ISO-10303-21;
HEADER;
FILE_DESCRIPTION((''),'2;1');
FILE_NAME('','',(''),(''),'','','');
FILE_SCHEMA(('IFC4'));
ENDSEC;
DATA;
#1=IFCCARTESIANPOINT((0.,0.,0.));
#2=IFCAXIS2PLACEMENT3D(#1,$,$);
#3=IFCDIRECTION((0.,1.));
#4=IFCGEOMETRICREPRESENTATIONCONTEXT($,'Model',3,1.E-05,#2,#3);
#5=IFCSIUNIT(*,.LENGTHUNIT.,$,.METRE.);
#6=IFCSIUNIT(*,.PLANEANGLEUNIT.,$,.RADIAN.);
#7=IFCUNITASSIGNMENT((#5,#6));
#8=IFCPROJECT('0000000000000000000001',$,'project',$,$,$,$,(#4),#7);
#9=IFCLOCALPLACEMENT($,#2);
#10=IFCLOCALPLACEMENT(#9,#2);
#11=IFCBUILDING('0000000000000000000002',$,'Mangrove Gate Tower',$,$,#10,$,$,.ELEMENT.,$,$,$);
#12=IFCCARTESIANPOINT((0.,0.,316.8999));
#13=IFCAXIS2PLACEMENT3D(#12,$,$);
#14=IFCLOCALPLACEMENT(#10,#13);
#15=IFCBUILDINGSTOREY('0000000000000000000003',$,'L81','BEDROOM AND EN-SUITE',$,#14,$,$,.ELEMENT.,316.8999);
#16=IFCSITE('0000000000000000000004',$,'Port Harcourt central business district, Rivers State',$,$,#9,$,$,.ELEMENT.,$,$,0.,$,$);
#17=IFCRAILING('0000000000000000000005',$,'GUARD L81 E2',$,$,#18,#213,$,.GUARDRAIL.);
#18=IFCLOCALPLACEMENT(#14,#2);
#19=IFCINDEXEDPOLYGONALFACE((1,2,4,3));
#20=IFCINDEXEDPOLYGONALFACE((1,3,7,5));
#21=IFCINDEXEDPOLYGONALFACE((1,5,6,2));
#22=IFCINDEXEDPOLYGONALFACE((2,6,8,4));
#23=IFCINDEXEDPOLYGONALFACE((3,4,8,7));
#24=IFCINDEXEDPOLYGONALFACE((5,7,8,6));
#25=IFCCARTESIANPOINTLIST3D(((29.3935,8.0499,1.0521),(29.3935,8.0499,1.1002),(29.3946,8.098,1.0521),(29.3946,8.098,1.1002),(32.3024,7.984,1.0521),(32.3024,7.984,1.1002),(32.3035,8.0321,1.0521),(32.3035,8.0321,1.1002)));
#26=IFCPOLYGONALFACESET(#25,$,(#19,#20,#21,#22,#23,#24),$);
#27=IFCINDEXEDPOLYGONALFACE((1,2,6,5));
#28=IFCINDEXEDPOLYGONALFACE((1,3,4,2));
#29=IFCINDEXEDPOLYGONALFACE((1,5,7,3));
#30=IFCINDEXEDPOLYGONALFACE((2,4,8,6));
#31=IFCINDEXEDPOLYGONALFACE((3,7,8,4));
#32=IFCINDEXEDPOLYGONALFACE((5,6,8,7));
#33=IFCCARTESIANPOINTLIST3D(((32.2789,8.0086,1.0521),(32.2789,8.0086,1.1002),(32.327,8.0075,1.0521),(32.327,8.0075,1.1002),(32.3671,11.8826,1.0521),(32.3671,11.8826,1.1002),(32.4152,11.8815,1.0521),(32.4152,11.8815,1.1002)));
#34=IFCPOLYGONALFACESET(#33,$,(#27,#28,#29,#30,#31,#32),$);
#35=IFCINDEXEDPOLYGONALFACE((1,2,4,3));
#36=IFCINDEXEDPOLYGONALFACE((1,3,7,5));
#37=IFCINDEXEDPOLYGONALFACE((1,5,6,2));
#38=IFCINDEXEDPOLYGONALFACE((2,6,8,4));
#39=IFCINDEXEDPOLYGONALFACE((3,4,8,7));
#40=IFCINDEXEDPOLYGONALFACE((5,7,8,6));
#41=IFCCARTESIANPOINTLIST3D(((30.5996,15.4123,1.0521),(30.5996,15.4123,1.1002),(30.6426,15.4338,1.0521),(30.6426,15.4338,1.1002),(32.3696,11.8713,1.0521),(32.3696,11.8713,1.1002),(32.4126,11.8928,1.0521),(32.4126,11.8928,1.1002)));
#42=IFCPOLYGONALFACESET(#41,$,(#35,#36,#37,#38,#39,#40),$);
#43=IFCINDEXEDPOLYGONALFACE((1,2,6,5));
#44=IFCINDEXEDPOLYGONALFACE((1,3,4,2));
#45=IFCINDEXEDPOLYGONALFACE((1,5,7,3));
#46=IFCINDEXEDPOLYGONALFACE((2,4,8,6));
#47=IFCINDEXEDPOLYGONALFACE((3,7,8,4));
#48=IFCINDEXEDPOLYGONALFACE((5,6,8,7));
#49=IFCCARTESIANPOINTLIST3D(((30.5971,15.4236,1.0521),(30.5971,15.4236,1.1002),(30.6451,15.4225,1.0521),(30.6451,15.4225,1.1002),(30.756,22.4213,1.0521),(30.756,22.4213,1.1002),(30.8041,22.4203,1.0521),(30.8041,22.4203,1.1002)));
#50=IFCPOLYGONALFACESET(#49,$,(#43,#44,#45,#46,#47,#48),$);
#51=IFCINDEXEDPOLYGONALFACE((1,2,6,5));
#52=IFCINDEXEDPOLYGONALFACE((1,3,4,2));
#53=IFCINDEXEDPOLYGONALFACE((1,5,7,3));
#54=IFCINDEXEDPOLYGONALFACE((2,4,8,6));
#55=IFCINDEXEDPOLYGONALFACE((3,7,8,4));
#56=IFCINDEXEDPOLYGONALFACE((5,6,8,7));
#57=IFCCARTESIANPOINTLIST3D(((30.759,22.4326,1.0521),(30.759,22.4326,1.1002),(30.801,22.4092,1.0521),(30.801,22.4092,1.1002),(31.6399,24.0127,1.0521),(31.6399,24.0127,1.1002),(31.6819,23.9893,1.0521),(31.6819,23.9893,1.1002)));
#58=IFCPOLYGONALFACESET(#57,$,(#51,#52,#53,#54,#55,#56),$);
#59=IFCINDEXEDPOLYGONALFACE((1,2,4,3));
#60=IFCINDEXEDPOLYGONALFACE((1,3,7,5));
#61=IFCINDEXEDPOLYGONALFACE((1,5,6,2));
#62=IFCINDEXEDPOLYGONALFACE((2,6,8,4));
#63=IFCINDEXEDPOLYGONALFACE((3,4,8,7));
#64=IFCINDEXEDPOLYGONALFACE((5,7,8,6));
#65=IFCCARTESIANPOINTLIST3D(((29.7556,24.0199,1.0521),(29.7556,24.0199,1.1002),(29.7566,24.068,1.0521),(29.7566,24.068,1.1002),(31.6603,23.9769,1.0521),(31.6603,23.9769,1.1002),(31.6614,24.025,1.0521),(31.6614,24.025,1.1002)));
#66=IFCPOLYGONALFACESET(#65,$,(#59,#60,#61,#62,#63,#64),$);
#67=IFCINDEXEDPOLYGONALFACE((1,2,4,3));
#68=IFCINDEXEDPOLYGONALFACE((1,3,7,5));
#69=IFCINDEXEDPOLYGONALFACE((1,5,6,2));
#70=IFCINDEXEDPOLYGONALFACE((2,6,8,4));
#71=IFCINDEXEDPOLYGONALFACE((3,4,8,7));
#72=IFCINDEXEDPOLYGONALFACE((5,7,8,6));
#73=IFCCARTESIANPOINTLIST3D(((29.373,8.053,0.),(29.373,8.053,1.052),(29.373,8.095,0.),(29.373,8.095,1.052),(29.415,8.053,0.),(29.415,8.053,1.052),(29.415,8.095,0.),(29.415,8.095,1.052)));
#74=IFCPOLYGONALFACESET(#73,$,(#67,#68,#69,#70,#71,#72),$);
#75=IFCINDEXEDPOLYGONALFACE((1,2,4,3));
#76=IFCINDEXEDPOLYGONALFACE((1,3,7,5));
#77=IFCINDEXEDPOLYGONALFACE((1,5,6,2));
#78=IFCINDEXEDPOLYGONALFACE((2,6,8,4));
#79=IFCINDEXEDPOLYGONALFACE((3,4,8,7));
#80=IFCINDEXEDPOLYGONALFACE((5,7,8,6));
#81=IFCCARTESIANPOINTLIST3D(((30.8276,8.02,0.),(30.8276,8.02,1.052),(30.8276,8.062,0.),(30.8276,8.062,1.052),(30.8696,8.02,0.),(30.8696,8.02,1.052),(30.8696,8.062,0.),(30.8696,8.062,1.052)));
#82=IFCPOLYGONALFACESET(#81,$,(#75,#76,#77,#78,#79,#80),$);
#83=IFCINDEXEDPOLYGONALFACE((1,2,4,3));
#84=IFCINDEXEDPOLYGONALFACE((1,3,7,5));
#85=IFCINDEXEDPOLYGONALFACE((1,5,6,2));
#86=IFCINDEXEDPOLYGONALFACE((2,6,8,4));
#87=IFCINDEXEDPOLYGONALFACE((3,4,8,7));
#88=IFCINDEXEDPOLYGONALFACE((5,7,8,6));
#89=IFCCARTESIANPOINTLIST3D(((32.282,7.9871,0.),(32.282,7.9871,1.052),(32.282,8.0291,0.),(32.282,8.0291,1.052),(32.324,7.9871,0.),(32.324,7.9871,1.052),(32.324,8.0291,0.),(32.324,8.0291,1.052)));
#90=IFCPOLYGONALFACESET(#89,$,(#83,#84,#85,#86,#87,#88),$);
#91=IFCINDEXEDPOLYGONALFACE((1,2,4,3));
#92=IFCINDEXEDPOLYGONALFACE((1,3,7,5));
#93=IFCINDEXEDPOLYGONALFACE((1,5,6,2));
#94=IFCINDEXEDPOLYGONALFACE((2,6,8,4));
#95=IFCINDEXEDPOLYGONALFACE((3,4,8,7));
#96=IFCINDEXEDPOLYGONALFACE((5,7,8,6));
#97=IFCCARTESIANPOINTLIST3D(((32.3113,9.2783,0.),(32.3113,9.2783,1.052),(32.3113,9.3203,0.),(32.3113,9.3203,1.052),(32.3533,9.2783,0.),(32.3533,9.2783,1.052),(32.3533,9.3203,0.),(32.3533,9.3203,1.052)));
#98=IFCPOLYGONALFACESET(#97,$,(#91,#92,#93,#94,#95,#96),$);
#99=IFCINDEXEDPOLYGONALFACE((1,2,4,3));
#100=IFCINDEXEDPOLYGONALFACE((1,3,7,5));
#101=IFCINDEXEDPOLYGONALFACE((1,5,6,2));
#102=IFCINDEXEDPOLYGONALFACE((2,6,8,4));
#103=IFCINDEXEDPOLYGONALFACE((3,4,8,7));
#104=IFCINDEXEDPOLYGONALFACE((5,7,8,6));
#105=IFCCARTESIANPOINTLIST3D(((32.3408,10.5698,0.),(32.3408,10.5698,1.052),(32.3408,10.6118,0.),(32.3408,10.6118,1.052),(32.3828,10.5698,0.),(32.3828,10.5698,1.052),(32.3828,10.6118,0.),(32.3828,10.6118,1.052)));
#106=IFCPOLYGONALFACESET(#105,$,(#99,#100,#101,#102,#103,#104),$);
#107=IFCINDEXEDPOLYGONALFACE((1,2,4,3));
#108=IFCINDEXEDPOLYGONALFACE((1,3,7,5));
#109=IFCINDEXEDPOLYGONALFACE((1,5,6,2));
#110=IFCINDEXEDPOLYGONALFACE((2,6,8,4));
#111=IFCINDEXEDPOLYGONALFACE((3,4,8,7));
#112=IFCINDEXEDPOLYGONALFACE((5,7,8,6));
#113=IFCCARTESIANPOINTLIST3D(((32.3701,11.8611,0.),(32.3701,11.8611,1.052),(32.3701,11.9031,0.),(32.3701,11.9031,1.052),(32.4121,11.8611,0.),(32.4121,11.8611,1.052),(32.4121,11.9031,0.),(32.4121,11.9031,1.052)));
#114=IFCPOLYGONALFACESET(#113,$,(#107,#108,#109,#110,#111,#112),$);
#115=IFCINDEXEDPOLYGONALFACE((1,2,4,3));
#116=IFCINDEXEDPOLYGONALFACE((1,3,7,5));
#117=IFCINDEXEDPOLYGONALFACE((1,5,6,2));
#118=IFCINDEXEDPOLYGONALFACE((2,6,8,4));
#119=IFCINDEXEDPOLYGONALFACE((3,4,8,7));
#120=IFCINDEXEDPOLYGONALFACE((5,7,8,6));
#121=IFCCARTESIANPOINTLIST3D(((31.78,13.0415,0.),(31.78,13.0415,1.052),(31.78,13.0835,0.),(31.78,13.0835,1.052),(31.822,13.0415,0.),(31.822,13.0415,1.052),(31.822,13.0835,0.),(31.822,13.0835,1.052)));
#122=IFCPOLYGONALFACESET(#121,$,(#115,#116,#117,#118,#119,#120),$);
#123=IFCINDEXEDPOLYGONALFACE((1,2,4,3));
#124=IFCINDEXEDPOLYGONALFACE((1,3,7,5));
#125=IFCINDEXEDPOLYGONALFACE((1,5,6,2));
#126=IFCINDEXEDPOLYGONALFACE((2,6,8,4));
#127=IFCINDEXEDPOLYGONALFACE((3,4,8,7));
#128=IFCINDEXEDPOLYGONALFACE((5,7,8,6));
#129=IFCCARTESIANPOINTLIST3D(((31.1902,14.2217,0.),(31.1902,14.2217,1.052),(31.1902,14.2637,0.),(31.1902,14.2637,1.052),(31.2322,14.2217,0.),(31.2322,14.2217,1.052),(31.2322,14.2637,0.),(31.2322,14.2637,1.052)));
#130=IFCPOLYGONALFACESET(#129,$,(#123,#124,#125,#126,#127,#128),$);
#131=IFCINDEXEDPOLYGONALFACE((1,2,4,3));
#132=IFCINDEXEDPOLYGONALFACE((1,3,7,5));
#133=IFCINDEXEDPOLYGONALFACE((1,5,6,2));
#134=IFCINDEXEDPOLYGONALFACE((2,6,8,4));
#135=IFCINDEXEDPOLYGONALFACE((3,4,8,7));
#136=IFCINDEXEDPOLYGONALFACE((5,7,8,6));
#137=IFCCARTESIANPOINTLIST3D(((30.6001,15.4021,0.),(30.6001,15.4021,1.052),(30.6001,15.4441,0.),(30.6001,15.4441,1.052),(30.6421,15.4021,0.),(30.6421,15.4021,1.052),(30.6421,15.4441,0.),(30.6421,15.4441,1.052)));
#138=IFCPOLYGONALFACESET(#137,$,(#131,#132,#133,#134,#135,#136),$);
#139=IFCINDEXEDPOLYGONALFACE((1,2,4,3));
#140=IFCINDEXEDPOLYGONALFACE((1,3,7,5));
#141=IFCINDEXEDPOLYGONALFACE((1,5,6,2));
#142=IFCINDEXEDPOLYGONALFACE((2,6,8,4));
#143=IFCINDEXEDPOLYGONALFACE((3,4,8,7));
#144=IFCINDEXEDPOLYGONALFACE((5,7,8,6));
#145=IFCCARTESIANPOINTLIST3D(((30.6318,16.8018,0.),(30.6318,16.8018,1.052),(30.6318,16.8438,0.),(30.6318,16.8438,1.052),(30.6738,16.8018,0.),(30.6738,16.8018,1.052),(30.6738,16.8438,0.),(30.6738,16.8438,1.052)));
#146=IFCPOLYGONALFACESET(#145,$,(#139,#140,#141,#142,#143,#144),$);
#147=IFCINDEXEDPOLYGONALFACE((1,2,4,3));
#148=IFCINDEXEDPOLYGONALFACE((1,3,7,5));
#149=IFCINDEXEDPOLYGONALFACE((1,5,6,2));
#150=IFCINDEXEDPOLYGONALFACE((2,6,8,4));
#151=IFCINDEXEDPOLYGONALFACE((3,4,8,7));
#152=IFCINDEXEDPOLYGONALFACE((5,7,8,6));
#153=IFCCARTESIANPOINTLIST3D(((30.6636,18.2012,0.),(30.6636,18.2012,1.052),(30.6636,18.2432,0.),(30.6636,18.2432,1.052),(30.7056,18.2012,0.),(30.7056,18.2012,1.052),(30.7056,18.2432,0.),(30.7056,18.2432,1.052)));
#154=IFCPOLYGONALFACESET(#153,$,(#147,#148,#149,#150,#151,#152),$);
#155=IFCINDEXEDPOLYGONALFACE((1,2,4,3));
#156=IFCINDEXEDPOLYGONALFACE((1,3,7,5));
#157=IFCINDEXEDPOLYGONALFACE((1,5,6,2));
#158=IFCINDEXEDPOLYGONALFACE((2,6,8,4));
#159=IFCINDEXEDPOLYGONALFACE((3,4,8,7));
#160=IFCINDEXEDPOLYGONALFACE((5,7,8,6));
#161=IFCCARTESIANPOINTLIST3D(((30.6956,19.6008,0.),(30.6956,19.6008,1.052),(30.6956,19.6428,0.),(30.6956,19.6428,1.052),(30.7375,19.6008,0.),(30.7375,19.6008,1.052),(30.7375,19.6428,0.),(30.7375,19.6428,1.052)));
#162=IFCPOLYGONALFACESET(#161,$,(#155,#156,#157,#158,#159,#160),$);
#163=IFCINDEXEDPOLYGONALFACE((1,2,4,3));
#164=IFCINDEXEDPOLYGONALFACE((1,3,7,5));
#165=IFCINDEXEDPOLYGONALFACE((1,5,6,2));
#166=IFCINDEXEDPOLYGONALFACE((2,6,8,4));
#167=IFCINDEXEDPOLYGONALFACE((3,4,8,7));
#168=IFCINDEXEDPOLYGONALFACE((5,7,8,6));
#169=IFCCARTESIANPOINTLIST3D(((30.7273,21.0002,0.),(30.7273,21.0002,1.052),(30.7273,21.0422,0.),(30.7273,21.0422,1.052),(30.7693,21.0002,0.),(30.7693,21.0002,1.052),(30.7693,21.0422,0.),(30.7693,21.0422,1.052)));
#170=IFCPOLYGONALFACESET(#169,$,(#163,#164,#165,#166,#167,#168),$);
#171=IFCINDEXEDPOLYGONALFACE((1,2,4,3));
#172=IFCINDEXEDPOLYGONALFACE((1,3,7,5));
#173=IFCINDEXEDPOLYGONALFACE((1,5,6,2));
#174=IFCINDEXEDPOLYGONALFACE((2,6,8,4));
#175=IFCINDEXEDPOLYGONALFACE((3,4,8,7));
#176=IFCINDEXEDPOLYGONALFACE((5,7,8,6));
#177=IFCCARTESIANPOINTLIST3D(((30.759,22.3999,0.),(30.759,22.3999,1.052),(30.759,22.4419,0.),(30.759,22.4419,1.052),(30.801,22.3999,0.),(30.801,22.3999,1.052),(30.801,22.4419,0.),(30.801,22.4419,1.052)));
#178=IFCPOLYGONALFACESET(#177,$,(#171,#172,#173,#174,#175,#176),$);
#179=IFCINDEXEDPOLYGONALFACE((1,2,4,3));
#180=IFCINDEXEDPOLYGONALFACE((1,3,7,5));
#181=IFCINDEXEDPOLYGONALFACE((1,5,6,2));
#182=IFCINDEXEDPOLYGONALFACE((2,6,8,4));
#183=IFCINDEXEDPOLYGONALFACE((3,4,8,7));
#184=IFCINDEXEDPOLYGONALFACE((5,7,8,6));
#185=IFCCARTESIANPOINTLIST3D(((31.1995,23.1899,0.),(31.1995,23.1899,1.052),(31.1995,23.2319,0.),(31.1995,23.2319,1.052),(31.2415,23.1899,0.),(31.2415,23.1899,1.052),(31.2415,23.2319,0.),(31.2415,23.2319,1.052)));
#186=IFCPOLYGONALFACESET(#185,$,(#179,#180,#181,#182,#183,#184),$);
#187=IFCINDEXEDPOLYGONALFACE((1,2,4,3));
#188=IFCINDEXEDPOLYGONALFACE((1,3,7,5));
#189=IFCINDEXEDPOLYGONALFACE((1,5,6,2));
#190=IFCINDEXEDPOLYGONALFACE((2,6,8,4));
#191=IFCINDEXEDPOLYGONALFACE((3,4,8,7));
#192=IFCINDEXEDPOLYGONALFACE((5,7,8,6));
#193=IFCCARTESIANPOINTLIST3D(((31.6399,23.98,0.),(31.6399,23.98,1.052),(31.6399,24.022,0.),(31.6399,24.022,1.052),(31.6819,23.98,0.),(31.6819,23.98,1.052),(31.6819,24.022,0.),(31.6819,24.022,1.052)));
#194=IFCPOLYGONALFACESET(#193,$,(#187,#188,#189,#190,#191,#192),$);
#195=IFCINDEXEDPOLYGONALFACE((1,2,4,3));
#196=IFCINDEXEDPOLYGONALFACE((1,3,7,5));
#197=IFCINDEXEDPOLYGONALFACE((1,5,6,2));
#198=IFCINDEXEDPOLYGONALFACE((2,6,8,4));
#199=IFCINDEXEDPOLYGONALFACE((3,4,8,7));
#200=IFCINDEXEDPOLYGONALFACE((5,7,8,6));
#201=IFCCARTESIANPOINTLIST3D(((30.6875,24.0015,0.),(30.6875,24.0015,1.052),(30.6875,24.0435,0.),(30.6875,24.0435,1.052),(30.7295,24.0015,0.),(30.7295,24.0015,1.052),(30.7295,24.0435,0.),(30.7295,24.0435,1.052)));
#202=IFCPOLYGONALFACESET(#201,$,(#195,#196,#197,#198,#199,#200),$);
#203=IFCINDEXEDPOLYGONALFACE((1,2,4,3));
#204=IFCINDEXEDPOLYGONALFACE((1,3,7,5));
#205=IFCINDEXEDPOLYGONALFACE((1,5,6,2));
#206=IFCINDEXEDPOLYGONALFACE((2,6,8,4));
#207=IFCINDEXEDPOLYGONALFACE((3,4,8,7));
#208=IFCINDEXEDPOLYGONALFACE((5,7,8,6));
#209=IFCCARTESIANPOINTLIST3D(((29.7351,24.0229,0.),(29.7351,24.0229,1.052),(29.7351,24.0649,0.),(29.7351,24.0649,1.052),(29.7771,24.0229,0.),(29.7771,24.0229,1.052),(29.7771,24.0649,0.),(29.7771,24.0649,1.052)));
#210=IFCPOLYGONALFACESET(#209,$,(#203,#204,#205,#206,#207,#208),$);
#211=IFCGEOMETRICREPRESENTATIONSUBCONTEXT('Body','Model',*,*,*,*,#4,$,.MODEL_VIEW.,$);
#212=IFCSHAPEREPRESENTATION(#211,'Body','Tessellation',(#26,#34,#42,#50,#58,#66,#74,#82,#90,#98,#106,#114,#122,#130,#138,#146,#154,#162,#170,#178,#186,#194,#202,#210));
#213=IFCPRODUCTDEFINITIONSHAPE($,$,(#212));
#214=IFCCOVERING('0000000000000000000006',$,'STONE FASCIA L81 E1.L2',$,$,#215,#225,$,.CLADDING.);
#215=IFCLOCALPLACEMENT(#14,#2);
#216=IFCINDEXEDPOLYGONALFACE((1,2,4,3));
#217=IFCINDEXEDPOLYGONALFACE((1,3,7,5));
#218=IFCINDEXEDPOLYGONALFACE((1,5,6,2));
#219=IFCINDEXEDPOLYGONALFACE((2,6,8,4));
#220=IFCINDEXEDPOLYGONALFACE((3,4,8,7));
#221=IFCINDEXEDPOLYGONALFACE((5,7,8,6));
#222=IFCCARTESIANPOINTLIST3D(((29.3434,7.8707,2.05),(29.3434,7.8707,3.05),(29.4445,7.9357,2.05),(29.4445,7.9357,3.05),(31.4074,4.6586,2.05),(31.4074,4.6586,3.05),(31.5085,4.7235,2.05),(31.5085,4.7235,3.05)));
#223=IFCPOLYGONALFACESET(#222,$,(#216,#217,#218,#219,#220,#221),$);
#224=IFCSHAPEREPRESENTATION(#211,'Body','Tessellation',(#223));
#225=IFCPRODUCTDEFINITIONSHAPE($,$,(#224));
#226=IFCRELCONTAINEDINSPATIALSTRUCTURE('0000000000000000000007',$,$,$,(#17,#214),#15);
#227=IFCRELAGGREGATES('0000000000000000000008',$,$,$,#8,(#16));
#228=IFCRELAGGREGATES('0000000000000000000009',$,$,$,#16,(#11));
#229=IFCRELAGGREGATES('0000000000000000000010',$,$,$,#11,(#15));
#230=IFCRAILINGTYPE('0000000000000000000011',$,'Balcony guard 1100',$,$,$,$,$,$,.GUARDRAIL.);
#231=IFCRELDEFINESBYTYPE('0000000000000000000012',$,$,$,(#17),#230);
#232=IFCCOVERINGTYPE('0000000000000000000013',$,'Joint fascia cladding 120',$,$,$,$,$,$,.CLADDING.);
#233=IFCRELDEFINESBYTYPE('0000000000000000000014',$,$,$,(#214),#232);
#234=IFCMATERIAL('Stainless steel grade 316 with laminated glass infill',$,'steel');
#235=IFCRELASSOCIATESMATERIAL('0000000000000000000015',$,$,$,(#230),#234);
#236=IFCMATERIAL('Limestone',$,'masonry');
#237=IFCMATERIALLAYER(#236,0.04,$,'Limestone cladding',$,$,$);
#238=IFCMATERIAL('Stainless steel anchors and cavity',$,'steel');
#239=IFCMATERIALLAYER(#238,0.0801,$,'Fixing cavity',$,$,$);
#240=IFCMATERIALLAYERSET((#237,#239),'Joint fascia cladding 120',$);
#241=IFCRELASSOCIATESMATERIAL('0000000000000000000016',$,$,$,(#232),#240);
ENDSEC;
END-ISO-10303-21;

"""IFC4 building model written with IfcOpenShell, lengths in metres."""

from ifc_helpers import new_model, si_unit, direction, frame, frame_2d, origin, origin_2d, place, context, subcontext, project, spatial, rectangle, extrude, material, layer, layer_set, type_object, element, save


model = new_model("IFC4")

# Units and contexts
model_context = context("Model", 3, precision=1e-05, world=origin(), true_north=direction((0.0, 1.0)))
body_context = subcontext(model_context, "Body", "Model", "MODEL_VIEW")
ifc_project = project(units=[si_unit("LENGTHUNIT", "METRE"), si_unit("PLANEANGLEUNIT", "RADIAN")], contexts=[model_context])

# Site, building, storey
site_placement = place(None, origin())
site = spatial("IfcSite", under=ifc_project, at=site_placement, Name="Port Harcourt central business district, Rivers State", CompositionType="ELEMENT", RefElevation=0.0)
building_placement = place(site_placement, origin())
building = spatial("IfcBuilding", under=site, at=building_placement, Name="Mangrove Gate Tower", CompositionType="ELEMENT")
storey_placement = place(building_placement, frame((0.0, 0.0, 316.8999)))
storey = spatial("IfcBuildingStorey", under=building, at=storey_placement, Name="L81", Description="BEDROOM AND EN-SUITE", CompositionType="ELEMENT", Elevation=316.8999)

# Shared definitions
ifc_material_1 = material(Name="Limestone", Category="masonry")

# Railing
ifc_material_2 = material(Name="Stainless steel grade 316 with laminated glass infill", Category="steel")
railing_type = type_object("IfcRailingType", Name="Balcony guard 1100", PredefinedType="GUARDRAIL", material=ifc_material_2)
railing_placement = place(storey_placement, frame((29.394, 8.074, 0.0)))
element("IfcRailing", 1, at=railing_placement, inside=storey, type_object=railing_type, Name="GUARD L81 E2", PredefinedType="GUARDRAIL", context=body_context, shape_type="SweptSolid", body=[
    extrude(rectangle(XDim=0.0481, YDim=0.0481, at=origin_2d()), frame((0.0, 0.0, 1.0762), z_axis=(0.999743, -0.022655, 0.0), x_axis=(0.022655, 0.999743, 0.0)), (0.0, 0.0, 1.0), 2.9097),
    extrude(rectangle(XDim=0.0481, YDim=0.0481, at=origin_2d()), frame((2.9089, -0.0659, 1.0762), z_axis=(0.022744, 0.999741, 0.0), x_axis=(-0.999741, 0.022744, 0.0)), (0.0, 0.0, 1.0), 3.875),
    extrude(rectangle(XDim=0.0481, YDim=0.0481, at=origin_2d()), frame((2.9971, 3.8081, 1.0762), z_axis=(-0.447115, 0.894477, 0.0), x_axis=(-0.894477, -0.447115, 0.0)), (0.0, 0.0, 1.0), 3.9587),
    extrude(rectangle(XDim=0.0481, YDim=0.0481, at=origin_2d()), frame((1.2271, 7.3491, 1.0762), z_axis=(0.022706, 0.999742, 0.0), x_axis=(-0.999742, 0.022706, 0.0)), (0.0, 0.0, 1.0), 6.9995),
    extrude(rectangle(XDim=0.0481, YDim=0.0481, at=origin_2d()), frame((1.386, 14.3469, 1.0762), z_axis=(0.486926, 0.873443, 0.0), x_axis=(-0.873443, 0.486926, 0.0)), (0.0, 0.0, 1.0), 1.8091),
    extrude(rectangle(XDim=0.0481, YDim=0.0481, at=origin_2d()), frame((2.2668, 15.927, 1.0762), z_axis=(-0.999746, 0.022553, 0.0), x_axis=(-0.022553, -0.999746, 0.0)), (0.0, 0.0, 1.0), 1.9053),
    extrude(rectangle(XDim=0.042, YDim=0.042, at=origin_2d()), origin(), (0.0, 0.0, 1.0), 1.052),
    extrude(rectangle(XDim=0.042, YDim=0.042, at=origin_2d()), frame((1.4546, -0.033, 0.0)), (0.0, 0.0, 1.0), 1.052),
    extrude(rectangle(XDim=0.042, YDim=0.042, at=origin_2d()), frame((2.9089, -0.0659, 0.0)), (0.0, 0.0, 1.0), 1.052),
    extrude(rectangle(XDim=0.042, YDim=0.042, at=origin_2d()), frame((2.9382, 1.2253, 0.0)), (0.0, 0.0, 1.0), 1.052),
    extrude(rectangle(XDim=0.042, YDim=0.042, at=origin_2d()), frame((2.9678, 2.5168, 0.0)), (0.0, 0.0, 1.0), 1.052),
    extrude(rectangle(XDim=0.042, YDim=0.042, at=origin_2d()), frame((2.9971, 3.8081, 0.0)), (0.0, 0.0, 1.0), 1.052),
    extrude(rectangle(XDim=0.042, YDim=0.042, at=origin_2d()), frame((2.407, 4.9885, 0.0)), (0.0, 0.0, 1.0), 1.052),
    extrude(rectangle(XDim=0.042, YDim=0.042, at=origin_2d()), frame((1.8171, 6.1687, 0.0)), (0.0, 0.0, 1.0), 1.052),
    extrude(rectangle(XDim=0.042, YDim=0.042, at=origin_2d()), frame((1.2271, 7.3491, 0.0)), (0.0, 0.0, 1.0), 1.052),
    extrude(rectangle(XDim=0.042, YDim=0.042, at=origin_2d()), frame((1.2588, 8.7488, 0.0)), (0.0, 0.0, 1.0), 1.052),
    extrude(rectangle(XDim=0.042, YDim=0.042, at=origin_2d()), frame((1.2905, 10.1482, 0.0)), (0.0, 0.0, 1.0), 1.052),
    extrude(rectangle(XDim=0.042, YDim=0.042, at=origin_2d()), frame((1.3225, 11.5479, 0.0)), (0.0, 0.0, 1.0), 1.052),
    extrude(rectangle(XDim=0.042, YDim=0.042, at=origin_2d()), frame((1.3542, 12.9473, 0.0)), (0.0, 0.0, 1.0), 1.052),
    extrude(rectangle(XDim=0.042, YDim=0.042, at=origin_2d()), frame((1.386, 14.3469, 0.0)), (0.0, 0.0, 1.0), 1.052),
    extrude(rectangle(XDim=0.042, YDim=0.042, at=origin_2d()), frame((1.8264, 15.137, 0.0)), (0.0, 0.0, 1.0), 1.052),
    extrude(rectangle(XDim=0.042, YDim=0.042, at=origin_2d()), frame((2.2668, 15.927, 0.0)), (0.0, 0.0, 1.0), 1.052),
    extrude(rectangle(XDim=0.042, YDim=0.042, at=origin_2d()), frame((1.3145, 15.9485, 0.0)), (0.0, 0.0, 1.0), 1.052),
    extrude(rectangle(XDim=0.042, YDim=0.042, at=origin_2d()), frame((0.3621, 15.97, 0.0)), (0.0, 0.0, 1.0), 1.052),
])

# Covering
ifc_layer_1 = layer(ifc_material_1, 0.04, Name="Limestone cladding")
ifc_material_3 = material(Name="Stainless steel anchors and cavity", Category="steel")
ifc_layer_2 = layer(ifc_material_3, 0.0801, Name="Fixing cavity")
ifc_layer_set_1 = layer_set([ifc_layer_1, ifc_layer_2], Name="Joint fascia cladding 120")
covering_type = type_object("IfcCoveringType", Name="Joint fascia cladding 120", PredefinedType="CLADDING", material=ifc_layer_set_1)
covering_placement = place(storey_placement, frame((31.458, 4.6909, 2.05), z_axis=(0.0, 0.0, 1.0), x_axis=(-0.540573, 0.841297, 0.0)))
element("IfcCovering", 2, at=covering_placement, inside=storey, type_object=covering_type, Name="STONE FASCIA L81 E1.L2", PredefinedType="CLADDING", context=body_context, shape_type="SweptSolid", body=[
    extrude(rectangle(XDim=3.8181, YDim=0.1201, at=frame_2d((1.9092, 0.0))), origin(), (0.0, 0.0, 1.0), 1.0),
])

save(model, "model.ifc")
